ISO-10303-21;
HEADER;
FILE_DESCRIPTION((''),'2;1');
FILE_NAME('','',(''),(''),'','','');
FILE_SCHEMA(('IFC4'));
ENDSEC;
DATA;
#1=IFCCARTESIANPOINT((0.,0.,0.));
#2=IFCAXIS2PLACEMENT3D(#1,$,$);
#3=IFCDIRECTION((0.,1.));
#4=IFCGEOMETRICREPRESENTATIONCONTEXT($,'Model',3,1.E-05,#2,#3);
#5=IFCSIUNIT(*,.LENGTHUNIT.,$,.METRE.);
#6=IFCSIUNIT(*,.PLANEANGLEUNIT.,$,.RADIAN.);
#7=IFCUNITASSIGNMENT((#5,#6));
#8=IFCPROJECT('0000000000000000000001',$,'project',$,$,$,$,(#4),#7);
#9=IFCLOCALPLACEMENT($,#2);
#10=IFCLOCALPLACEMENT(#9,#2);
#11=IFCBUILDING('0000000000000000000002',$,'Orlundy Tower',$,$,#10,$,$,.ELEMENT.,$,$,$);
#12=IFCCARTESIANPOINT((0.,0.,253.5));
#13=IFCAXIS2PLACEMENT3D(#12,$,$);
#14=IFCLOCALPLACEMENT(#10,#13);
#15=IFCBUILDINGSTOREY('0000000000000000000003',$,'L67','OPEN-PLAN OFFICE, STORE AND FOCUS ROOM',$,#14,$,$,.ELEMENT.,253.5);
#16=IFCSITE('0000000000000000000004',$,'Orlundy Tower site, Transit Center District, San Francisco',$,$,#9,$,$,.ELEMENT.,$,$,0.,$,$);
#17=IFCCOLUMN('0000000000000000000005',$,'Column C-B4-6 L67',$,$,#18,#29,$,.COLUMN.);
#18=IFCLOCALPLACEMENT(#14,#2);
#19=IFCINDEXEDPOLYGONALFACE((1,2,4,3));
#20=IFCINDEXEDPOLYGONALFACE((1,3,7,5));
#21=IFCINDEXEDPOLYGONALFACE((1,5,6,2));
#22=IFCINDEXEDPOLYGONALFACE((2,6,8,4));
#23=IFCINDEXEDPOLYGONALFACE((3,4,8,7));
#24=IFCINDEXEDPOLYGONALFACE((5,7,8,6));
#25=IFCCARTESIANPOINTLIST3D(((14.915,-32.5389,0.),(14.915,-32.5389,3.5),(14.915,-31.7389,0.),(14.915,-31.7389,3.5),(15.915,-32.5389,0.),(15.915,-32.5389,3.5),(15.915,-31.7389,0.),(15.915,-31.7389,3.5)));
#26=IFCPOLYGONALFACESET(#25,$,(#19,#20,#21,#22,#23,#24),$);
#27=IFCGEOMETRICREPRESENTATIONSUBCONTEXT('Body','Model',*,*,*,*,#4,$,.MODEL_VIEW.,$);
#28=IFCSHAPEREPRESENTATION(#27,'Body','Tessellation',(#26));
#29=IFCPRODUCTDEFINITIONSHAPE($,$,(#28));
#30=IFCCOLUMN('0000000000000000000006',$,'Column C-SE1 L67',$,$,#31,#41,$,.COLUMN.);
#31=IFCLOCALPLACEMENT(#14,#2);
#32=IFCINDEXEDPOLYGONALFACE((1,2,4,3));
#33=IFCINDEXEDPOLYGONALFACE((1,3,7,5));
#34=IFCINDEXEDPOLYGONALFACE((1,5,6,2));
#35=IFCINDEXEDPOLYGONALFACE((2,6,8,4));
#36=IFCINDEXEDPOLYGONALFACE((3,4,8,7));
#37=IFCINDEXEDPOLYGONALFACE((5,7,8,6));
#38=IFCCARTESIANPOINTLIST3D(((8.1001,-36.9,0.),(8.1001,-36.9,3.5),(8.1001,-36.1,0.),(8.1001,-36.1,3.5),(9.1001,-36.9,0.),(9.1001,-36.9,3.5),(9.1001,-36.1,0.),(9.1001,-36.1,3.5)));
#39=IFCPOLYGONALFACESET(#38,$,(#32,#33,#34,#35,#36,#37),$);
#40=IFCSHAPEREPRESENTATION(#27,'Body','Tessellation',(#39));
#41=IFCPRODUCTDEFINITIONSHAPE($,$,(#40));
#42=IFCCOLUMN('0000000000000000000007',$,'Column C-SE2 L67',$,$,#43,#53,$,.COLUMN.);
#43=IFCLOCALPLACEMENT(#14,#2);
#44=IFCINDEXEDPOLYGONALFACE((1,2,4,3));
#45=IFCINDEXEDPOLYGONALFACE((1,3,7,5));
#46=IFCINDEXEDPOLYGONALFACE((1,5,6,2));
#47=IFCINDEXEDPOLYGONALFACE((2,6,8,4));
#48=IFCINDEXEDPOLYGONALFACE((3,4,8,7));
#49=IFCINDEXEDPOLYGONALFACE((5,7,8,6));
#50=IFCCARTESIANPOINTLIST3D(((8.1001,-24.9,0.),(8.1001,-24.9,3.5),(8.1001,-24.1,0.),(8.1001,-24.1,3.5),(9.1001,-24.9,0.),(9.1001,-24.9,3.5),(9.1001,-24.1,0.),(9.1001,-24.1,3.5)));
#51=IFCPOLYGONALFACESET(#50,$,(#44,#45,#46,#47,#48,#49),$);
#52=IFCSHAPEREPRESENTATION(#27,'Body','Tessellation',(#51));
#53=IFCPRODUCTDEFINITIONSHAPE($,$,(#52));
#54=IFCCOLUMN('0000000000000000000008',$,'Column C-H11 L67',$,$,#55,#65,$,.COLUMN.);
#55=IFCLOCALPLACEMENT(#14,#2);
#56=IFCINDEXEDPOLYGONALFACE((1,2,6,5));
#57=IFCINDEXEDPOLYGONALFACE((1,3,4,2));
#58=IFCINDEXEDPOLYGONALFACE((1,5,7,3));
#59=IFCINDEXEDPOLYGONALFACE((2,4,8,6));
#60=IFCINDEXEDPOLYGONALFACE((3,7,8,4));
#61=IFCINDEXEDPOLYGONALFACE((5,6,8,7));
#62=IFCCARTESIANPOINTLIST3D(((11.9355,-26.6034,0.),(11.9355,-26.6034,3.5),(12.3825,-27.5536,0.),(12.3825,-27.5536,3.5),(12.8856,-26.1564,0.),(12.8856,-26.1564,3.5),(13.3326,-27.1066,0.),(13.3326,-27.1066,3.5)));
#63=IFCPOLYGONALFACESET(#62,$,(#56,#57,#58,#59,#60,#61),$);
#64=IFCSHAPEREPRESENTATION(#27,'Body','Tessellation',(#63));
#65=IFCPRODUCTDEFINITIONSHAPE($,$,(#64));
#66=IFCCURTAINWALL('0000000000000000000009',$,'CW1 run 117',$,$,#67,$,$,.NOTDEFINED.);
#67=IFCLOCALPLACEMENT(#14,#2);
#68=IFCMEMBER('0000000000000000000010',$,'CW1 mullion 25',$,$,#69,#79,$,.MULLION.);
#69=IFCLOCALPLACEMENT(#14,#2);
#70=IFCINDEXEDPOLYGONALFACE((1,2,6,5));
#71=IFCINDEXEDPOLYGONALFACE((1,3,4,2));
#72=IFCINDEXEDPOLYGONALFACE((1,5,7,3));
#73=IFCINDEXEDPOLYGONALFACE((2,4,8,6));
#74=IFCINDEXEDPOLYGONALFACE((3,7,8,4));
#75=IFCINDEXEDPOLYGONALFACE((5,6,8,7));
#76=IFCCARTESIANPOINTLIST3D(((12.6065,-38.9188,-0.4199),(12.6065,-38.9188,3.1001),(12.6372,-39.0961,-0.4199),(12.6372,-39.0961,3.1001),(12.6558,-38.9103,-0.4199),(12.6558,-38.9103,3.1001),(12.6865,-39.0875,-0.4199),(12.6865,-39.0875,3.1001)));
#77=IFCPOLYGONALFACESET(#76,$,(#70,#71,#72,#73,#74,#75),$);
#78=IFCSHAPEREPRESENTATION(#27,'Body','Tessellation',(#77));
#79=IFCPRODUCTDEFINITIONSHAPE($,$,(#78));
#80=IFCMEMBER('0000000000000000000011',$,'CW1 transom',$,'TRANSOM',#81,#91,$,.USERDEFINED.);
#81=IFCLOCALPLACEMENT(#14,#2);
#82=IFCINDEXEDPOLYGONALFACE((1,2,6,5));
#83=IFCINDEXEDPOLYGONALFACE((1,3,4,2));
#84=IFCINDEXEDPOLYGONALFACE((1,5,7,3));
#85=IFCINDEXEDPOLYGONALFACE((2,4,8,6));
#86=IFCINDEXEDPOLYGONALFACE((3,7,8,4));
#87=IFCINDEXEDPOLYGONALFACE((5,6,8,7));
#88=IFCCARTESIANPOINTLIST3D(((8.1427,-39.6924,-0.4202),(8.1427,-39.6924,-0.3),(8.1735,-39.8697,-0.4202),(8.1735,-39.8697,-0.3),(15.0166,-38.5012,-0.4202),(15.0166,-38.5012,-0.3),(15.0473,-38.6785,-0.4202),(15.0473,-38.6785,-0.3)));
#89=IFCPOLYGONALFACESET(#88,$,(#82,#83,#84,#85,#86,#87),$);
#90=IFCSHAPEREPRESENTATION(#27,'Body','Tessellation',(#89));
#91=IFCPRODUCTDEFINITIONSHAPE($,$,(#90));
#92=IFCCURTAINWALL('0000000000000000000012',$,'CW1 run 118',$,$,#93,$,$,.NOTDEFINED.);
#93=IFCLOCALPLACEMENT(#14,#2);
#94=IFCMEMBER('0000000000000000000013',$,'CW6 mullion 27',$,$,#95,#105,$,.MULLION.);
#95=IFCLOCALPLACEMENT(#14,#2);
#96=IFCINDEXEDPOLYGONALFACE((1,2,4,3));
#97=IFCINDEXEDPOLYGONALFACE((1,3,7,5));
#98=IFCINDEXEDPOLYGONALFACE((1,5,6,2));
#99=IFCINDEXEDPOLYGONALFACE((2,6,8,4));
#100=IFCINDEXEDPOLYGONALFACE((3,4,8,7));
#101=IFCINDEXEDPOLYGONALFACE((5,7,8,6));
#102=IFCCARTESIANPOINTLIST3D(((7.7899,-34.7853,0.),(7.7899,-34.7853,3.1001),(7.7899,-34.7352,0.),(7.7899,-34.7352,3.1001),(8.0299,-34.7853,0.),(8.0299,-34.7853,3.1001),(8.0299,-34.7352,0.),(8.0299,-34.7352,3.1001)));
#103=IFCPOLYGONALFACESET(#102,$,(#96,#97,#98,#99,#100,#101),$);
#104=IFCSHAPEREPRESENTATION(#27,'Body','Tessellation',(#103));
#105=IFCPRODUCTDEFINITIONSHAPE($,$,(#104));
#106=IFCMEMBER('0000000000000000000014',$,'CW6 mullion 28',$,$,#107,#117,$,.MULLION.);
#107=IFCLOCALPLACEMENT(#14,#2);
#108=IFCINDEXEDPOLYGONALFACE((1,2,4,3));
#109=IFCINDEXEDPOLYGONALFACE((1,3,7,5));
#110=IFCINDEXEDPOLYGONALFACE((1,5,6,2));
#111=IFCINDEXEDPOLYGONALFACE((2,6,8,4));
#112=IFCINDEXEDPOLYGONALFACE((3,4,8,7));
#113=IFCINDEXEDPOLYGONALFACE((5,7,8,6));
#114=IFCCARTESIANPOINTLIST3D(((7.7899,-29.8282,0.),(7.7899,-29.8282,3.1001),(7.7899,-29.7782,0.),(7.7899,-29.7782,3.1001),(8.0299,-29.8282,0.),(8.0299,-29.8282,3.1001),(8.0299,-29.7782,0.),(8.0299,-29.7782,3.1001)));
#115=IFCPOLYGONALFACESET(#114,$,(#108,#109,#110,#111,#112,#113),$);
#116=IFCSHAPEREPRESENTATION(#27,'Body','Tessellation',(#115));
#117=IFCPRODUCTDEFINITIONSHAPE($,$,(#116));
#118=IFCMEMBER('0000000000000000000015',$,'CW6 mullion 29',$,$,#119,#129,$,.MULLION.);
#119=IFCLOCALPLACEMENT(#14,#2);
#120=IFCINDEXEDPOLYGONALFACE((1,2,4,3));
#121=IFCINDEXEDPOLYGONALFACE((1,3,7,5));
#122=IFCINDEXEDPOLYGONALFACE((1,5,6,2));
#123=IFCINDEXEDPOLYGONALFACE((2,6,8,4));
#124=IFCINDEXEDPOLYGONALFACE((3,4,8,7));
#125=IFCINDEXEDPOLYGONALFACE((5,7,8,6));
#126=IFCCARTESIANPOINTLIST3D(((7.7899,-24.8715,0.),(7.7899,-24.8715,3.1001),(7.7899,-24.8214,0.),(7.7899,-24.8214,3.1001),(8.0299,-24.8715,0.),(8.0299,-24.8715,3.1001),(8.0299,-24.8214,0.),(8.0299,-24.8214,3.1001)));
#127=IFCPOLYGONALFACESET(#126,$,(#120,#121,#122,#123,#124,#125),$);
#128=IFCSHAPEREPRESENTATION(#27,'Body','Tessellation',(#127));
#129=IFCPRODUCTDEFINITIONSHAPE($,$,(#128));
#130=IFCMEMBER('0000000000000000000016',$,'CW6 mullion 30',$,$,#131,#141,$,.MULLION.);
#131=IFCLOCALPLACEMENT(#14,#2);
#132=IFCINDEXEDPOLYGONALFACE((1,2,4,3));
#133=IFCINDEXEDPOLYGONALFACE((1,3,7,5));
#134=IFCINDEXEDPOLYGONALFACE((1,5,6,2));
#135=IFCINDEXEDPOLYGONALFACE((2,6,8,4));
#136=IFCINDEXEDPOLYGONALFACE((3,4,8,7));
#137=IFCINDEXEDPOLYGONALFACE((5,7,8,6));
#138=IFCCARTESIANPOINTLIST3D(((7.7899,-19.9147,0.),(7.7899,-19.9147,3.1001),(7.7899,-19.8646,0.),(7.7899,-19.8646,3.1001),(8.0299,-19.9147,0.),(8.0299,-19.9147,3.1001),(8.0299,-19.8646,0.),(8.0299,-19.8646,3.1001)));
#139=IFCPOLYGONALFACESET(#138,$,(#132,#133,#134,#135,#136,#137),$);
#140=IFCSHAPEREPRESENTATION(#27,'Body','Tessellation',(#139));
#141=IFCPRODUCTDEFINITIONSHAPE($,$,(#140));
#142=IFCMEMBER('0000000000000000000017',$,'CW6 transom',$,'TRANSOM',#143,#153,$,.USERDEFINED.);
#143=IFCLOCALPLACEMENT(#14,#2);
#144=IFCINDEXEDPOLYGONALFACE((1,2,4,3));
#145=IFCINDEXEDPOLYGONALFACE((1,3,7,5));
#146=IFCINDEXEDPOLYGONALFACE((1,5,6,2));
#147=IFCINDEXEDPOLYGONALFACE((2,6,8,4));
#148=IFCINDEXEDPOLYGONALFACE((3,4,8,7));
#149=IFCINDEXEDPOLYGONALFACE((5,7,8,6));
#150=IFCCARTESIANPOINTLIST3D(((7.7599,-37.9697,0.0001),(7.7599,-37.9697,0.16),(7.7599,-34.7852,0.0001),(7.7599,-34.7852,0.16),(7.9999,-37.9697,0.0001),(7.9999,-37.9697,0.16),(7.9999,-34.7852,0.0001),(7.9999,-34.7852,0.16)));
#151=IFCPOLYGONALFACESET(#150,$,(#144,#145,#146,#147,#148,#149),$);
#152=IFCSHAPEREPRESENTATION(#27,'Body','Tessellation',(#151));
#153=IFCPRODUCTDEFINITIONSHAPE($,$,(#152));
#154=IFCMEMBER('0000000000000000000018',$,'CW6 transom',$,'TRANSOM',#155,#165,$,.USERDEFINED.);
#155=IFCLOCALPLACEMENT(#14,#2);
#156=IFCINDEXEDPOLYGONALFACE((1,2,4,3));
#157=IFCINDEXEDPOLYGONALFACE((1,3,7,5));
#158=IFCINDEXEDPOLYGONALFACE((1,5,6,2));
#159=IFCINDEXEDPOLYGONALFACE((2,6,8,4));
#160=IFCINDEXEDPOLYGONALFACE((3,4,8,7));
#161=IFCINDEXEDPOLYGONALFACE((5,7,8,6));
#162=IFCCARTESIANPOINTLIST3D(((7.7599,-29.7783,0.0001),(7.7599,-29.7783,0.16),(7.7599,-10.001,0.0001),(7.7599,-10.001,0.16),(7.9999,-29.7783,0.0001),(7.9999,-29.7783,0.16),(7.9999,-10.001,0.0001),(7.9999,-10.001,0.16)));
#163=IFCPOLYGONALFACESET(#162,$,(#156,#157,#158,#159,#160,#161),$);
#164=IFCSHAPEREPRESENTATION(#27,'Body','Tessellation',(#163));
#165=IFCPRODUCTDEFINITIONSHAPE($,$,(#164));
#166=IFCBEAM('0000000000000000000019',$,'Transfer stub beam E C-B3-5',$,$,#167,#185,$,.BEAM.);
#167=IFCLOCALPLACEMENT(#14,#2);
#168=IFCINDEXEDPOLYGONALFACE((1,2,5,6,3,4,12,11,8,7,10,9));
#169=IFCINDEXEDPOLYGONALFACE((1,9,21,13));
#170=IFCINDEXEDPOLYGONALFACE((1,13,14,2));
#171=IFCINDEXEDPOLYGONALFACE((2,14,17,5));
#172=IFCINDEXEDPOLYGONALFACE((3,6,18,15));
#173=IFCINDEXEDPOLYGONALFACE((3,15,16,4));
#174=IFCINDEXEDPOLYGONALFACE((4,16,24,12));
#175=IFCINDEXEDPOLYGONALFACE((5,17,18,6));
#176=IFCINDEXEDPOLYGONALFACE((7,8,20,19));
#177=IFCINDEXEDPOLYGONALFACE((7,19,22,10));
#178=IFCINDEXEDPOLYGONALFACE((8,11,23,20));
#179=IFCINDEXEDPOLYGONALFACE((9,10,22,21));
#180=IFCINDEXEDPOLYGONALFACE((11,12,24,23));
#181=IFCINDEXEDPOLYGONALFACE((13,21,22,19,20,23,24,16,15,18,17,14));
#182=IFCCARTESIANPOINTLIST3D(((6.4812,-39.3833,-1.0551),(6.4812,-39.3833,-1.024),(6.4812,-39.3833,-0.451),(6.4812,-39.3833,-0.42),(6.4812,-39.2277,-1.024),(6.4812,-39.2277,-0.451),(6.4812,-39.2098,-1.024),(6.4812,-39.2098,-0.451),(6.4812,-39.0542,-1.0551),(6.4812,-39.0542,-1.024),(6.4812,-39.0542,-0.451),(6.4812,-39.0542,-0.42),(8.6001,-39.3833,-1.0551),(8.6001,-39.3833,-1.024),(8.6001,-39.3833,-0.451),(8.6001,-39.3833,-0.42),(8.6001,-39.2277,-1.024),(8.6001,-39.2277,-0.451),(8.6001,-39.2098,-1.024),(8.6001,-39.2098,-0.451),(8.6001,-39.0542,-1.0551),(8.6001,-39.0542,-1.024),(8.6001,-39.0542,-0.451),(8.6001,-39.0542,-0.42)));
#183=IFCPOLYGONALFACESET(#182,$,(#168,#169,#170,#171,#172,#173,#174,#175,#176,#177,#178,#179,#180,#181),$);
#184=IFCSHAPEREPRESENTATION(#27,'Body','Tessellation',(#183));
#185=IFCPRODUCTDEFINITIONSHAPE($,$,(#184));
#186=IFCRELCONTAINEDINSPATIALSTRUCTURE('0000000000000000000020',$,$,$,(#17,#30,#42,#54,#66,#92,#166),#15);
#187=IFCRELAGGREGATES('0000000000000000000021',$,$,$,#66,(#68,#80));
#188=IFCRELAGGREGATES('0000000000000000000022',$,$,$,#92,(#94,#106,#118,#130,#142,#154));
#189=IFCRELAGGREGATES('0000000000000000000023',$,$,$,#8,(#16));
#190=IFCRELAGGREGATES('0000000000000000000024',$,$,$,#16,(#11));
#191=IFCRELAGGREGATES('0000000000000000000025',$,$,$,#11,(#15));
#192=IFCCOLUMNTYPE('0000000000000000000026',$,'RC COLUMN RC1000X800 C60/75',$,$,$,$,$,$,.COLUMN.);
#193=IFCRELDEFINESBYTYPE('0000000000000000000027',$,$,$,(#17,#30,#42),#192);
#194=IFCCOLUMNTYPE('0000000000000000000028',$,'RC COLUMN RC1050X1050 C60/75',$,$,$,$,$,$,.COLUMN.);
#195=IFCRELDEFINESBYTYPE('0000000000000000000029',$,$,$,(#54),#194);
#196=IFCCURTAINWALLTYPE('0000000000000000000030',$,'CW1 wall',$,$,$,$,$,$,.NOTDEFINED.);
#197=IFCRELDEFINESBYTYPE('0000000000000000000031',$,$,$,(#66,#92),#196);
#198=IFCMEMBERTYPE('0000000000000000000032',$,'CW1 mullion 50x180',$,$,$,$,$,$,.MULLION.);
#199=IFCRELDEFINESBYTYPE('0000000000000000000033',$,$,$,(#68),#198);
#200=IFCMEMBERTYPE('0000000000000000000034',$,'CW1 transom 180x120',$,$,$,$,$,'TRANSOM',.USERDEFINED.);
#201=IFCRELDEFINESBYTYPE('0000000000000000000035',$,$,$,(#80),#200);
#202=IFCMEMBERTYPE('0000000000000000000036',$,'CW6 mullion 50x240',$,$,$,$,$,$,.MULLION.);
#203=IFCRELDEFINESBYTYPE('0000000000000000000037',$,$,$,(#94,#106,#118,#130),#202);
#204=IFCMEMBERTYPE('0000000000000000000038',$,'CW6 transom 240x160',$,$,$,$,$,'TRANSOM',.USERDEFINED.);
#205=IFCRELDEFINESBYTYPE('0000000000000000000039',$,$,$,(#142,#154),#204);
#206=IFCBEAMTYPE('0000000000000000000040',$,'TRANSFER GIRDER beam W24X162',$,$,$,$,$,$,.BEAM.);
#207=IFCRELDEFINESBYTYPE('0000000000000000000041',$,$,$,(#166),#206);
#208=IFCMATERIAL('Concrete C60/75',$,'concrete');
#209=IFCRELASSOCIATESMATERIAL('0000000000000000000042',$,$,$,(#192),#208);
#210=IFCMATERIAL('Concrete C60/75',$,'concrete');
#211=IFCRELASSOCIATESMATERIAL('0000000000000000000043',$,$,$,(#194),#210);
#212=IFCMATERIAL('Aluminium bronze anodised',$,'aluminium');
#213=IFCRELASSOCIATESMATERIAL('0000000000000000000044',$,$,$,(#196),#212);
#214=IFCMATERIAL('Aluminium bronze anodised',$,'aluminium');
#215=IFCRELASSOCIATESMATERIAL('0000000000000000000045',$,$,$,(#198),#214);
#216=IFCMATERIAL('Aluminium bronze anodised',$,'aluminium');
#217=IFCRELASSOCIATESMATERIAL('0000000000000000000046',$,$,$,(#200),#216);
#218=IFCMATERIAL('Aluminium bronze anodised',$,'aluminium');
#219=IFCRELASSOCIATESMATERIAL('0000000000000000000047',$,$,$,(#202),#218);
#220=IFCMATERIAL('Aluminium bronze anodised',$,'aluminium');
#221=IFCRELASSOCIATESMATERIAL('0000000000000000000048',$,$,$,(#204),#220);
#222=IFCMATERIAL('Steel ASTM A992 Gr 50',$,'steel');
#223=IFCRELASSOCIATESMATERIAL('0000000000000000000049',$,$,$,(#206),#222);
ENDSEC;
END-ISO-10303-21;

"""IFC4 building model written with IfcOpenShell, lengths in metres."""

from ifc_helpers import new_model, si_unit, direction, frame, origin, origin_2d, place, context, subcontext, project, spatial, rectangle, i_section, extrude, material, material_profile, profile_set, type_object, element, aggregate, save


model = new_model("IFC4")

# Units and contexts
model_context = context("Model", 3, precision=1e-05, world=origin(), true_north=direction((0.0, 1.0)))
body_context = subcontext(model_context, "Body", "Model", "MODEL_VIEW")
ifc_project = project(units=[si_unit("LENGTHUNIT", "METRE"), si_unit("PLANEANGLEUNIT", "RADIAN")], contexts=[model_context])

# Site, building, storey
site_placement = place(None, origin())
site = spatial("IfcSite", under=ifc_project, at=site_placement, Name="Orlundy Tower site, Transit Center District, San Francisco", CompositionType="ELEMENT", RefElevation=0.0)
building_placement = place(site_placement, origin())
building = spatial("IfcBuilding", under=site, at=building_placement, Name="Orlundy Tower", CompositionType="ELEMENT")
storey_placement = place(building_placement, frame((0.0, 0.0, 253.5)))
storey = spatial("IfcBuildingStorey", under=building, at=storey_placement, Name="L67", Description="OPEN-PLAN OFFICE, STORE AND FOCUS ROOM", CompositionType="ELEMENT", Elevation=253.5)

# Columns
ifc_material_1 = material(Name="Concrete C60/75", Category="concrete")
ifc_material_profile_1 = material_profile(ifc_material_1, rectangle(XDim=1.0, YDim=0.8, at=origin_2d()), Name="RC1000X800")
ifc_profile_set_1 = profile_set([ifc_material_profile_1], Name="Concrete C60/75")
column_type_1 = type_object("IfcColumnType", Name="RC COLUMN RC1000X800 C60/75", PredefinedType="COLUMN", material=ifc_profile_set_1)
for number, where, z_axis, x_axis, name in (
    (1, (15.415, -32.1389, 0.0), (0.0, 0.0, 1.0), (1.0, 0.0, 0.0), "Column C-B4-6 L67"),
    (2, (8.6001, -36.5, 0.0), (0.0, 0.0, 1.0), (1.0, 0.0, 0.0), "Column C-SE1 L67"),
    (3, (8.6001, -24.5, 0.0), (0.0, 0.0, 1.0), (1.0, 0.0, 0.0), "Column C-SE2 L67"),
):
    element("IfcColumn", number, at=place(storey_placement, frame(where, z_axis=z_axis, x_axis=x_axis)), inside=storey, type_object=column_type_1, Name=name, PredefinedType="COLUMN", context=body_context, shape_type="SweptSolid", body=[
        extrude(rectangle(XDim=1.0, YDim=0.8, at=origin_2d()), origin(), (0.0, 0.0, 1.0), 3.5),
    ])
ifc_material_2 = material(Name="Concrete C60/75", Category="concrete")
ifc_material_profile_2 = material_profile(ifc_material_2, rectangle(XDim=1.05, YDim=1.05, at=origin_2d()), Name="RC1050X1050")
ifc_profile_set_2 = profile_set([ifc_material_profile_2], Name="Concrete C60/75")
column_type_2 = type_object("IfcColumnType", Name="RC COLUMN RC1050X1050 C60/75", PredefinedType="COLUMN", material=ifc_profile_set_2)
column_placement = place(storey_placement, frame((12.634, -26.855, 0.0), z_axis=(0.0, 0.0, 1.0), x_axis=(0.4257, -0.904864, 0.0)))
element("IfcColumn", 4, at=column_placement, inside=storey, type_object=column_type_2, Name="Column C-H11 L67", PredefinedType="COLUMN", context=body_context, shape_type="SweptSolid", body=[
    extrude(rectangle(XDim=1.05, YDim=1.05, at=origin_2d()), origin(), (0.0, 0.0, 1.0), 3.5),
])

# Curtain walls, members
ifc_material_3 = material(Name="Aluminium bronze anodised", Category="aluminium")
curtain_wall_type = type_object("IfcCurtainWallType", Name="CW1 wall", PredefinedType="NOTDEFINED", material=ifc_material_3)
curtain_wall_1_placement = place(storey_placement, origin())
curtain_wall_1 = element("IfcCurtainWall", 5, at=curtain_wall_1_placement, inside=storey, type_object=curtain_wall_type, Name="CW1 run 117", PredefinedType="NOTDEFINED")
ifc_material_4 = material(Name="Aluminium bronze anodised", Category="aluminium")
ifc_material_profile_3 = material_profile(ifc_material_4, rectangle(XDim=0.1799, YDim=0.05, at=origin_2d()), Name="CW1 mullion 50x180")
ifc_profile_set_3 = profile_set([ifc_material_profile_3], Name="Aluminium bronze anodised")
member_type_1 = type_object("IfcMemberType", Name="CW1 mullion 50x180", PredefinedType="MULLION", material=ifc_profile_set_3)
member_1_placement = place(storey_placement, frame((12.6465, -39.0032, -0.4199), z_axis=(0.0, 0.0, 1.0), x_axis=(0.170744, -0.985315, 0.0)))
member_1 = element("IfcMember", 6, at=member_1_placement, type_object=member_type_1, Name="CW1 mullion 25", PredefinedType="MULLION", context=body_context, shape_type="SweptSolid", body=[
    extrude(rectangle(XDim=0.1799, YDim=0.05, at=origin_2d()), origin(), (0.0, 0.0, 1.0), 3.52),
])
ifc_material_5 = material(Name="Aluminium bronze anodised", Category="aluminium")
ifc_material_profile_4 = material_profile(ifc_material_5, rectangle(XDim=0.1799, YDim=0.1201, at=origin_2d()), Name="CW1 transom 180x120")
ifc_profile_set_4 = profile_set([ifc_material_profile_4], Name="Aluminium bronze anodised")
member_type_2 = type_object("IfcMemberType", Name="CW1 transom 180x120", ElementType="TRANSOM", PredefinedType="USERDEFINED", material=ifc_profile_set_4)
member_2_placement = place(storey_placement, frame((15.032, -38.5898, -0.3601), z_axis=(-0.985315, -0.170746, 0.0), x_axis=(0.170746, -0.985315, 0.0)))
member_2 = element("IfcMember", 7, at=member_2_placement, type_object=member_type_2, Name="CW1 transom", ObjectType="TRANSOM", PredefinedType="USERDEFINED", context=body_context, shape_type="SweptSolid", body=[
    extrude(rectangle(XDim=0.1799, YDim=0.1201, at=origin_2d()), origin(), (0.0, 0.0, 1.0), 6.9763),
])
curtain_wall_2_placement = place(storey_placement, origin())
curtain_wall_2 = element("IfcCurtainWall", 8, at=curtain_wall_2_placement, inside=storey, type_object=curtain_wall_type, Name="CW1 run 118", PredefinedType="NOTDEFINED")
ifc_material_6 = material(Name="Aluminium bronze anodised", Category="aluminium")
ifc_material_profile_5 = material_profile(ifc_material_6, rectangle(XDim=0.24, YDim=0.05, at=origin_2d()), Name="CW6 mullion 50x240")
ifc_profile_set_5 = profile_set([ifc_material_profile_5], Name="Aluminium bronze anodised")
member_type_3 = type_object("IfcMemberType", Name="CW6 mullion 50x240", PredefinedType="MULLION", material=ifc_profile_set_5)
member_3_placement = place(storey_placement, frame((7.9099, -34.7603, 0.0), z_axis=(0.0, 0.0, 1.0), x_axis=(-1.0, 0.0, 0.0)))
member_3 = element("IfcMember", 9, at=member_3_placement, type_object=member_type_3, Name="CW6 mullion 27", PredefinedType="MULLION", context=body_context, shape_type="SweptSolid", body=[
    extrude(rectangle(XDim=0.24, YDim=0.05, at=origin_2d()), origin(), (0.0, 0.0, 1.0), 3.1001),
])
member_4_placement = place(storey_placement, frame((7.9099, -29.8032, 0.0), z_axis=(0.0, 0.0, 1.0), x_axis=(-1.0, 0.0, 0.0)))
member_4 = element("IfcMember", 10, at=member_4_placement, type_object=member_type_3, Name="CW6 mullion 28", PredefinedType="MULLION", context=body_context, shape_type="SweptSolid", body=[
    extrude(rectangle(XDim=0.24, YDim=0.05, at=origin_2d()), origin(), (0.0, 0.0, 1.0), 3.1001),
])
member_5_placement = place(storey_placement, frame((7.9099, -24.8464, 0.0), z_axis=(0.0, 0.0, 1.0), x_axis=(-1.0, 0.0, 0.0)))
member_5 = element("IfcMember", 11, at=member_5_placement, type_object=member_type_3, Name="CW6 mullion 29", PredefinedType="MULLION", context=body_context, shape_type="SweptSolid", body=[
    extrude(rectangle(XDim=0.24, YDim=0.05, at=origin_2d()), origin(), (0.0, 0.0, 1.0), 3.1001),
])
member_6_placement = place(storey_placement, frame((7.9099, -19.8896, 0.0), z_axis=(0.0, 0.0, 1.0), x_axis=(-1.0, 0.0, 0.0)))
member_6 = element("IfcMember", 12, at=member_6_placement, type_object=member_type_3, Name="CW6 mullion 30", PredefinedType="MULLION", context=body_context, shape_type="SweptSolid", body=[
    extrude(rectangle(XDim=0.24, YDim=0.05, at=origin_2d()), origin(), (0.0, 0.0, 1.0), 3.1001),
])
ifc_material_7 = material(Name="Aluminium bronze anodised", Category="aluminium")
ifc_material_profile_6 = material_profile(ifc_material_7, rectangle(XDim=0.24, YDim=0.1599, at=origin_2d()), Name="CW6 transom 240x160")
ifc_profile_set_6 = profile_set([ifc_material_profile_6], Name="Aluminium bronze anodised")
member_type_4 = type_object("IfcMemberType", Name="CW6 transom 240x160", ElementType="TRANSOM", PredefinedType="USERDEFINED", material=ifc_profile_set_6)
member_7_placement = place(storey_placement, frame((7.8799, -37.9697, 0.0801), z_axis=(0.0, 1.0, 0.0), x_axis=(-1.0, 0.0, 0.0)))
member_7 = element("IfcMember", 13, at=member_7_placement, type_object=member_type_4, Name="CW6 transom", ObjectType="TRANSOM", PredefinedType="USERDEFINED", context=body_context, shape_type="SweptSolid", body=[
    extrude(rectangle(XDim=0.24, YDim=0.1599, at=origin_2d()), origin(), (0.0, 0.0, 1.0), 3.1846),
])
member_8_placement = place(storey_placement, frame((7.8799, -29.7783, 0.0801), z_axis=(0.0, 1.0, 0.0), x_axis=(-1.0, 0.0, 0.0)))
member_8 = element("IfcMember", 14, at=member_8_placement, type_object=member_type_4, Name="CW6 transom", ObjectType="TRANSOM", PredefinedType="USERDEFINED", context=body_context, shape_type="SweptSolid", body=[
    extrude(rectangle(XDim=0.24, YDim=0.1599, at=origin_2d()), origin(), (0.0, 0.0, 1.0), 19.7773),
])

# Beam
ifc_material_8 = material(Name="Steel ASTM A992 Gr 50", Category="steel")
ifc_material_profile_7 = material_profile(ifc_material_8, i_section(OverallWidth=0.3291, OverallDepth=0.635, WebThickness=0.0178, FlangeThickness=0.031, at=origin_2d()), Name="W24X162")
ifc_profile_set_7 = profile_set([ifc_material_profile_7], Name="Steel ASTM A992 Gr 50")
beam_type_1 = type_object("IfcBeamType", Name="TRANSFER GIRDER beam W24X162", PredefinedType="BEAM", material=ifc_profile_set_7)
beam_1_placement = place(storey_placement, frame((8.6001, -39.2188, -0.7375), z_axis=(-1.0, 0.0, 0.0), x_axis=(0.0, -1.0, 0.0)))
element("IfcBeam", 15, at=beam_1_placement, inside=storey, type_object=beam_type_1, Name="Transfer stub beam E C-B3-5", PredefinedType="BEAM", context=body_context, shape_type="SweptSolid", body=[
    extrude(i_section(OverallWidth=0.3291, OverallDepth=0.635, WebThickness=0.0178, FlangeThickness=0.031, at=origin_2d()), origin(), (0.0, 0.0, 1.0), 2.1189),
])

aggregate(curtain_wall_1, [member_1, member_2])
aggregate(curtain_wall_2, [member_3, member_4, member_5, member_6, member_7, member_8])

save(model, "model.ifc")
